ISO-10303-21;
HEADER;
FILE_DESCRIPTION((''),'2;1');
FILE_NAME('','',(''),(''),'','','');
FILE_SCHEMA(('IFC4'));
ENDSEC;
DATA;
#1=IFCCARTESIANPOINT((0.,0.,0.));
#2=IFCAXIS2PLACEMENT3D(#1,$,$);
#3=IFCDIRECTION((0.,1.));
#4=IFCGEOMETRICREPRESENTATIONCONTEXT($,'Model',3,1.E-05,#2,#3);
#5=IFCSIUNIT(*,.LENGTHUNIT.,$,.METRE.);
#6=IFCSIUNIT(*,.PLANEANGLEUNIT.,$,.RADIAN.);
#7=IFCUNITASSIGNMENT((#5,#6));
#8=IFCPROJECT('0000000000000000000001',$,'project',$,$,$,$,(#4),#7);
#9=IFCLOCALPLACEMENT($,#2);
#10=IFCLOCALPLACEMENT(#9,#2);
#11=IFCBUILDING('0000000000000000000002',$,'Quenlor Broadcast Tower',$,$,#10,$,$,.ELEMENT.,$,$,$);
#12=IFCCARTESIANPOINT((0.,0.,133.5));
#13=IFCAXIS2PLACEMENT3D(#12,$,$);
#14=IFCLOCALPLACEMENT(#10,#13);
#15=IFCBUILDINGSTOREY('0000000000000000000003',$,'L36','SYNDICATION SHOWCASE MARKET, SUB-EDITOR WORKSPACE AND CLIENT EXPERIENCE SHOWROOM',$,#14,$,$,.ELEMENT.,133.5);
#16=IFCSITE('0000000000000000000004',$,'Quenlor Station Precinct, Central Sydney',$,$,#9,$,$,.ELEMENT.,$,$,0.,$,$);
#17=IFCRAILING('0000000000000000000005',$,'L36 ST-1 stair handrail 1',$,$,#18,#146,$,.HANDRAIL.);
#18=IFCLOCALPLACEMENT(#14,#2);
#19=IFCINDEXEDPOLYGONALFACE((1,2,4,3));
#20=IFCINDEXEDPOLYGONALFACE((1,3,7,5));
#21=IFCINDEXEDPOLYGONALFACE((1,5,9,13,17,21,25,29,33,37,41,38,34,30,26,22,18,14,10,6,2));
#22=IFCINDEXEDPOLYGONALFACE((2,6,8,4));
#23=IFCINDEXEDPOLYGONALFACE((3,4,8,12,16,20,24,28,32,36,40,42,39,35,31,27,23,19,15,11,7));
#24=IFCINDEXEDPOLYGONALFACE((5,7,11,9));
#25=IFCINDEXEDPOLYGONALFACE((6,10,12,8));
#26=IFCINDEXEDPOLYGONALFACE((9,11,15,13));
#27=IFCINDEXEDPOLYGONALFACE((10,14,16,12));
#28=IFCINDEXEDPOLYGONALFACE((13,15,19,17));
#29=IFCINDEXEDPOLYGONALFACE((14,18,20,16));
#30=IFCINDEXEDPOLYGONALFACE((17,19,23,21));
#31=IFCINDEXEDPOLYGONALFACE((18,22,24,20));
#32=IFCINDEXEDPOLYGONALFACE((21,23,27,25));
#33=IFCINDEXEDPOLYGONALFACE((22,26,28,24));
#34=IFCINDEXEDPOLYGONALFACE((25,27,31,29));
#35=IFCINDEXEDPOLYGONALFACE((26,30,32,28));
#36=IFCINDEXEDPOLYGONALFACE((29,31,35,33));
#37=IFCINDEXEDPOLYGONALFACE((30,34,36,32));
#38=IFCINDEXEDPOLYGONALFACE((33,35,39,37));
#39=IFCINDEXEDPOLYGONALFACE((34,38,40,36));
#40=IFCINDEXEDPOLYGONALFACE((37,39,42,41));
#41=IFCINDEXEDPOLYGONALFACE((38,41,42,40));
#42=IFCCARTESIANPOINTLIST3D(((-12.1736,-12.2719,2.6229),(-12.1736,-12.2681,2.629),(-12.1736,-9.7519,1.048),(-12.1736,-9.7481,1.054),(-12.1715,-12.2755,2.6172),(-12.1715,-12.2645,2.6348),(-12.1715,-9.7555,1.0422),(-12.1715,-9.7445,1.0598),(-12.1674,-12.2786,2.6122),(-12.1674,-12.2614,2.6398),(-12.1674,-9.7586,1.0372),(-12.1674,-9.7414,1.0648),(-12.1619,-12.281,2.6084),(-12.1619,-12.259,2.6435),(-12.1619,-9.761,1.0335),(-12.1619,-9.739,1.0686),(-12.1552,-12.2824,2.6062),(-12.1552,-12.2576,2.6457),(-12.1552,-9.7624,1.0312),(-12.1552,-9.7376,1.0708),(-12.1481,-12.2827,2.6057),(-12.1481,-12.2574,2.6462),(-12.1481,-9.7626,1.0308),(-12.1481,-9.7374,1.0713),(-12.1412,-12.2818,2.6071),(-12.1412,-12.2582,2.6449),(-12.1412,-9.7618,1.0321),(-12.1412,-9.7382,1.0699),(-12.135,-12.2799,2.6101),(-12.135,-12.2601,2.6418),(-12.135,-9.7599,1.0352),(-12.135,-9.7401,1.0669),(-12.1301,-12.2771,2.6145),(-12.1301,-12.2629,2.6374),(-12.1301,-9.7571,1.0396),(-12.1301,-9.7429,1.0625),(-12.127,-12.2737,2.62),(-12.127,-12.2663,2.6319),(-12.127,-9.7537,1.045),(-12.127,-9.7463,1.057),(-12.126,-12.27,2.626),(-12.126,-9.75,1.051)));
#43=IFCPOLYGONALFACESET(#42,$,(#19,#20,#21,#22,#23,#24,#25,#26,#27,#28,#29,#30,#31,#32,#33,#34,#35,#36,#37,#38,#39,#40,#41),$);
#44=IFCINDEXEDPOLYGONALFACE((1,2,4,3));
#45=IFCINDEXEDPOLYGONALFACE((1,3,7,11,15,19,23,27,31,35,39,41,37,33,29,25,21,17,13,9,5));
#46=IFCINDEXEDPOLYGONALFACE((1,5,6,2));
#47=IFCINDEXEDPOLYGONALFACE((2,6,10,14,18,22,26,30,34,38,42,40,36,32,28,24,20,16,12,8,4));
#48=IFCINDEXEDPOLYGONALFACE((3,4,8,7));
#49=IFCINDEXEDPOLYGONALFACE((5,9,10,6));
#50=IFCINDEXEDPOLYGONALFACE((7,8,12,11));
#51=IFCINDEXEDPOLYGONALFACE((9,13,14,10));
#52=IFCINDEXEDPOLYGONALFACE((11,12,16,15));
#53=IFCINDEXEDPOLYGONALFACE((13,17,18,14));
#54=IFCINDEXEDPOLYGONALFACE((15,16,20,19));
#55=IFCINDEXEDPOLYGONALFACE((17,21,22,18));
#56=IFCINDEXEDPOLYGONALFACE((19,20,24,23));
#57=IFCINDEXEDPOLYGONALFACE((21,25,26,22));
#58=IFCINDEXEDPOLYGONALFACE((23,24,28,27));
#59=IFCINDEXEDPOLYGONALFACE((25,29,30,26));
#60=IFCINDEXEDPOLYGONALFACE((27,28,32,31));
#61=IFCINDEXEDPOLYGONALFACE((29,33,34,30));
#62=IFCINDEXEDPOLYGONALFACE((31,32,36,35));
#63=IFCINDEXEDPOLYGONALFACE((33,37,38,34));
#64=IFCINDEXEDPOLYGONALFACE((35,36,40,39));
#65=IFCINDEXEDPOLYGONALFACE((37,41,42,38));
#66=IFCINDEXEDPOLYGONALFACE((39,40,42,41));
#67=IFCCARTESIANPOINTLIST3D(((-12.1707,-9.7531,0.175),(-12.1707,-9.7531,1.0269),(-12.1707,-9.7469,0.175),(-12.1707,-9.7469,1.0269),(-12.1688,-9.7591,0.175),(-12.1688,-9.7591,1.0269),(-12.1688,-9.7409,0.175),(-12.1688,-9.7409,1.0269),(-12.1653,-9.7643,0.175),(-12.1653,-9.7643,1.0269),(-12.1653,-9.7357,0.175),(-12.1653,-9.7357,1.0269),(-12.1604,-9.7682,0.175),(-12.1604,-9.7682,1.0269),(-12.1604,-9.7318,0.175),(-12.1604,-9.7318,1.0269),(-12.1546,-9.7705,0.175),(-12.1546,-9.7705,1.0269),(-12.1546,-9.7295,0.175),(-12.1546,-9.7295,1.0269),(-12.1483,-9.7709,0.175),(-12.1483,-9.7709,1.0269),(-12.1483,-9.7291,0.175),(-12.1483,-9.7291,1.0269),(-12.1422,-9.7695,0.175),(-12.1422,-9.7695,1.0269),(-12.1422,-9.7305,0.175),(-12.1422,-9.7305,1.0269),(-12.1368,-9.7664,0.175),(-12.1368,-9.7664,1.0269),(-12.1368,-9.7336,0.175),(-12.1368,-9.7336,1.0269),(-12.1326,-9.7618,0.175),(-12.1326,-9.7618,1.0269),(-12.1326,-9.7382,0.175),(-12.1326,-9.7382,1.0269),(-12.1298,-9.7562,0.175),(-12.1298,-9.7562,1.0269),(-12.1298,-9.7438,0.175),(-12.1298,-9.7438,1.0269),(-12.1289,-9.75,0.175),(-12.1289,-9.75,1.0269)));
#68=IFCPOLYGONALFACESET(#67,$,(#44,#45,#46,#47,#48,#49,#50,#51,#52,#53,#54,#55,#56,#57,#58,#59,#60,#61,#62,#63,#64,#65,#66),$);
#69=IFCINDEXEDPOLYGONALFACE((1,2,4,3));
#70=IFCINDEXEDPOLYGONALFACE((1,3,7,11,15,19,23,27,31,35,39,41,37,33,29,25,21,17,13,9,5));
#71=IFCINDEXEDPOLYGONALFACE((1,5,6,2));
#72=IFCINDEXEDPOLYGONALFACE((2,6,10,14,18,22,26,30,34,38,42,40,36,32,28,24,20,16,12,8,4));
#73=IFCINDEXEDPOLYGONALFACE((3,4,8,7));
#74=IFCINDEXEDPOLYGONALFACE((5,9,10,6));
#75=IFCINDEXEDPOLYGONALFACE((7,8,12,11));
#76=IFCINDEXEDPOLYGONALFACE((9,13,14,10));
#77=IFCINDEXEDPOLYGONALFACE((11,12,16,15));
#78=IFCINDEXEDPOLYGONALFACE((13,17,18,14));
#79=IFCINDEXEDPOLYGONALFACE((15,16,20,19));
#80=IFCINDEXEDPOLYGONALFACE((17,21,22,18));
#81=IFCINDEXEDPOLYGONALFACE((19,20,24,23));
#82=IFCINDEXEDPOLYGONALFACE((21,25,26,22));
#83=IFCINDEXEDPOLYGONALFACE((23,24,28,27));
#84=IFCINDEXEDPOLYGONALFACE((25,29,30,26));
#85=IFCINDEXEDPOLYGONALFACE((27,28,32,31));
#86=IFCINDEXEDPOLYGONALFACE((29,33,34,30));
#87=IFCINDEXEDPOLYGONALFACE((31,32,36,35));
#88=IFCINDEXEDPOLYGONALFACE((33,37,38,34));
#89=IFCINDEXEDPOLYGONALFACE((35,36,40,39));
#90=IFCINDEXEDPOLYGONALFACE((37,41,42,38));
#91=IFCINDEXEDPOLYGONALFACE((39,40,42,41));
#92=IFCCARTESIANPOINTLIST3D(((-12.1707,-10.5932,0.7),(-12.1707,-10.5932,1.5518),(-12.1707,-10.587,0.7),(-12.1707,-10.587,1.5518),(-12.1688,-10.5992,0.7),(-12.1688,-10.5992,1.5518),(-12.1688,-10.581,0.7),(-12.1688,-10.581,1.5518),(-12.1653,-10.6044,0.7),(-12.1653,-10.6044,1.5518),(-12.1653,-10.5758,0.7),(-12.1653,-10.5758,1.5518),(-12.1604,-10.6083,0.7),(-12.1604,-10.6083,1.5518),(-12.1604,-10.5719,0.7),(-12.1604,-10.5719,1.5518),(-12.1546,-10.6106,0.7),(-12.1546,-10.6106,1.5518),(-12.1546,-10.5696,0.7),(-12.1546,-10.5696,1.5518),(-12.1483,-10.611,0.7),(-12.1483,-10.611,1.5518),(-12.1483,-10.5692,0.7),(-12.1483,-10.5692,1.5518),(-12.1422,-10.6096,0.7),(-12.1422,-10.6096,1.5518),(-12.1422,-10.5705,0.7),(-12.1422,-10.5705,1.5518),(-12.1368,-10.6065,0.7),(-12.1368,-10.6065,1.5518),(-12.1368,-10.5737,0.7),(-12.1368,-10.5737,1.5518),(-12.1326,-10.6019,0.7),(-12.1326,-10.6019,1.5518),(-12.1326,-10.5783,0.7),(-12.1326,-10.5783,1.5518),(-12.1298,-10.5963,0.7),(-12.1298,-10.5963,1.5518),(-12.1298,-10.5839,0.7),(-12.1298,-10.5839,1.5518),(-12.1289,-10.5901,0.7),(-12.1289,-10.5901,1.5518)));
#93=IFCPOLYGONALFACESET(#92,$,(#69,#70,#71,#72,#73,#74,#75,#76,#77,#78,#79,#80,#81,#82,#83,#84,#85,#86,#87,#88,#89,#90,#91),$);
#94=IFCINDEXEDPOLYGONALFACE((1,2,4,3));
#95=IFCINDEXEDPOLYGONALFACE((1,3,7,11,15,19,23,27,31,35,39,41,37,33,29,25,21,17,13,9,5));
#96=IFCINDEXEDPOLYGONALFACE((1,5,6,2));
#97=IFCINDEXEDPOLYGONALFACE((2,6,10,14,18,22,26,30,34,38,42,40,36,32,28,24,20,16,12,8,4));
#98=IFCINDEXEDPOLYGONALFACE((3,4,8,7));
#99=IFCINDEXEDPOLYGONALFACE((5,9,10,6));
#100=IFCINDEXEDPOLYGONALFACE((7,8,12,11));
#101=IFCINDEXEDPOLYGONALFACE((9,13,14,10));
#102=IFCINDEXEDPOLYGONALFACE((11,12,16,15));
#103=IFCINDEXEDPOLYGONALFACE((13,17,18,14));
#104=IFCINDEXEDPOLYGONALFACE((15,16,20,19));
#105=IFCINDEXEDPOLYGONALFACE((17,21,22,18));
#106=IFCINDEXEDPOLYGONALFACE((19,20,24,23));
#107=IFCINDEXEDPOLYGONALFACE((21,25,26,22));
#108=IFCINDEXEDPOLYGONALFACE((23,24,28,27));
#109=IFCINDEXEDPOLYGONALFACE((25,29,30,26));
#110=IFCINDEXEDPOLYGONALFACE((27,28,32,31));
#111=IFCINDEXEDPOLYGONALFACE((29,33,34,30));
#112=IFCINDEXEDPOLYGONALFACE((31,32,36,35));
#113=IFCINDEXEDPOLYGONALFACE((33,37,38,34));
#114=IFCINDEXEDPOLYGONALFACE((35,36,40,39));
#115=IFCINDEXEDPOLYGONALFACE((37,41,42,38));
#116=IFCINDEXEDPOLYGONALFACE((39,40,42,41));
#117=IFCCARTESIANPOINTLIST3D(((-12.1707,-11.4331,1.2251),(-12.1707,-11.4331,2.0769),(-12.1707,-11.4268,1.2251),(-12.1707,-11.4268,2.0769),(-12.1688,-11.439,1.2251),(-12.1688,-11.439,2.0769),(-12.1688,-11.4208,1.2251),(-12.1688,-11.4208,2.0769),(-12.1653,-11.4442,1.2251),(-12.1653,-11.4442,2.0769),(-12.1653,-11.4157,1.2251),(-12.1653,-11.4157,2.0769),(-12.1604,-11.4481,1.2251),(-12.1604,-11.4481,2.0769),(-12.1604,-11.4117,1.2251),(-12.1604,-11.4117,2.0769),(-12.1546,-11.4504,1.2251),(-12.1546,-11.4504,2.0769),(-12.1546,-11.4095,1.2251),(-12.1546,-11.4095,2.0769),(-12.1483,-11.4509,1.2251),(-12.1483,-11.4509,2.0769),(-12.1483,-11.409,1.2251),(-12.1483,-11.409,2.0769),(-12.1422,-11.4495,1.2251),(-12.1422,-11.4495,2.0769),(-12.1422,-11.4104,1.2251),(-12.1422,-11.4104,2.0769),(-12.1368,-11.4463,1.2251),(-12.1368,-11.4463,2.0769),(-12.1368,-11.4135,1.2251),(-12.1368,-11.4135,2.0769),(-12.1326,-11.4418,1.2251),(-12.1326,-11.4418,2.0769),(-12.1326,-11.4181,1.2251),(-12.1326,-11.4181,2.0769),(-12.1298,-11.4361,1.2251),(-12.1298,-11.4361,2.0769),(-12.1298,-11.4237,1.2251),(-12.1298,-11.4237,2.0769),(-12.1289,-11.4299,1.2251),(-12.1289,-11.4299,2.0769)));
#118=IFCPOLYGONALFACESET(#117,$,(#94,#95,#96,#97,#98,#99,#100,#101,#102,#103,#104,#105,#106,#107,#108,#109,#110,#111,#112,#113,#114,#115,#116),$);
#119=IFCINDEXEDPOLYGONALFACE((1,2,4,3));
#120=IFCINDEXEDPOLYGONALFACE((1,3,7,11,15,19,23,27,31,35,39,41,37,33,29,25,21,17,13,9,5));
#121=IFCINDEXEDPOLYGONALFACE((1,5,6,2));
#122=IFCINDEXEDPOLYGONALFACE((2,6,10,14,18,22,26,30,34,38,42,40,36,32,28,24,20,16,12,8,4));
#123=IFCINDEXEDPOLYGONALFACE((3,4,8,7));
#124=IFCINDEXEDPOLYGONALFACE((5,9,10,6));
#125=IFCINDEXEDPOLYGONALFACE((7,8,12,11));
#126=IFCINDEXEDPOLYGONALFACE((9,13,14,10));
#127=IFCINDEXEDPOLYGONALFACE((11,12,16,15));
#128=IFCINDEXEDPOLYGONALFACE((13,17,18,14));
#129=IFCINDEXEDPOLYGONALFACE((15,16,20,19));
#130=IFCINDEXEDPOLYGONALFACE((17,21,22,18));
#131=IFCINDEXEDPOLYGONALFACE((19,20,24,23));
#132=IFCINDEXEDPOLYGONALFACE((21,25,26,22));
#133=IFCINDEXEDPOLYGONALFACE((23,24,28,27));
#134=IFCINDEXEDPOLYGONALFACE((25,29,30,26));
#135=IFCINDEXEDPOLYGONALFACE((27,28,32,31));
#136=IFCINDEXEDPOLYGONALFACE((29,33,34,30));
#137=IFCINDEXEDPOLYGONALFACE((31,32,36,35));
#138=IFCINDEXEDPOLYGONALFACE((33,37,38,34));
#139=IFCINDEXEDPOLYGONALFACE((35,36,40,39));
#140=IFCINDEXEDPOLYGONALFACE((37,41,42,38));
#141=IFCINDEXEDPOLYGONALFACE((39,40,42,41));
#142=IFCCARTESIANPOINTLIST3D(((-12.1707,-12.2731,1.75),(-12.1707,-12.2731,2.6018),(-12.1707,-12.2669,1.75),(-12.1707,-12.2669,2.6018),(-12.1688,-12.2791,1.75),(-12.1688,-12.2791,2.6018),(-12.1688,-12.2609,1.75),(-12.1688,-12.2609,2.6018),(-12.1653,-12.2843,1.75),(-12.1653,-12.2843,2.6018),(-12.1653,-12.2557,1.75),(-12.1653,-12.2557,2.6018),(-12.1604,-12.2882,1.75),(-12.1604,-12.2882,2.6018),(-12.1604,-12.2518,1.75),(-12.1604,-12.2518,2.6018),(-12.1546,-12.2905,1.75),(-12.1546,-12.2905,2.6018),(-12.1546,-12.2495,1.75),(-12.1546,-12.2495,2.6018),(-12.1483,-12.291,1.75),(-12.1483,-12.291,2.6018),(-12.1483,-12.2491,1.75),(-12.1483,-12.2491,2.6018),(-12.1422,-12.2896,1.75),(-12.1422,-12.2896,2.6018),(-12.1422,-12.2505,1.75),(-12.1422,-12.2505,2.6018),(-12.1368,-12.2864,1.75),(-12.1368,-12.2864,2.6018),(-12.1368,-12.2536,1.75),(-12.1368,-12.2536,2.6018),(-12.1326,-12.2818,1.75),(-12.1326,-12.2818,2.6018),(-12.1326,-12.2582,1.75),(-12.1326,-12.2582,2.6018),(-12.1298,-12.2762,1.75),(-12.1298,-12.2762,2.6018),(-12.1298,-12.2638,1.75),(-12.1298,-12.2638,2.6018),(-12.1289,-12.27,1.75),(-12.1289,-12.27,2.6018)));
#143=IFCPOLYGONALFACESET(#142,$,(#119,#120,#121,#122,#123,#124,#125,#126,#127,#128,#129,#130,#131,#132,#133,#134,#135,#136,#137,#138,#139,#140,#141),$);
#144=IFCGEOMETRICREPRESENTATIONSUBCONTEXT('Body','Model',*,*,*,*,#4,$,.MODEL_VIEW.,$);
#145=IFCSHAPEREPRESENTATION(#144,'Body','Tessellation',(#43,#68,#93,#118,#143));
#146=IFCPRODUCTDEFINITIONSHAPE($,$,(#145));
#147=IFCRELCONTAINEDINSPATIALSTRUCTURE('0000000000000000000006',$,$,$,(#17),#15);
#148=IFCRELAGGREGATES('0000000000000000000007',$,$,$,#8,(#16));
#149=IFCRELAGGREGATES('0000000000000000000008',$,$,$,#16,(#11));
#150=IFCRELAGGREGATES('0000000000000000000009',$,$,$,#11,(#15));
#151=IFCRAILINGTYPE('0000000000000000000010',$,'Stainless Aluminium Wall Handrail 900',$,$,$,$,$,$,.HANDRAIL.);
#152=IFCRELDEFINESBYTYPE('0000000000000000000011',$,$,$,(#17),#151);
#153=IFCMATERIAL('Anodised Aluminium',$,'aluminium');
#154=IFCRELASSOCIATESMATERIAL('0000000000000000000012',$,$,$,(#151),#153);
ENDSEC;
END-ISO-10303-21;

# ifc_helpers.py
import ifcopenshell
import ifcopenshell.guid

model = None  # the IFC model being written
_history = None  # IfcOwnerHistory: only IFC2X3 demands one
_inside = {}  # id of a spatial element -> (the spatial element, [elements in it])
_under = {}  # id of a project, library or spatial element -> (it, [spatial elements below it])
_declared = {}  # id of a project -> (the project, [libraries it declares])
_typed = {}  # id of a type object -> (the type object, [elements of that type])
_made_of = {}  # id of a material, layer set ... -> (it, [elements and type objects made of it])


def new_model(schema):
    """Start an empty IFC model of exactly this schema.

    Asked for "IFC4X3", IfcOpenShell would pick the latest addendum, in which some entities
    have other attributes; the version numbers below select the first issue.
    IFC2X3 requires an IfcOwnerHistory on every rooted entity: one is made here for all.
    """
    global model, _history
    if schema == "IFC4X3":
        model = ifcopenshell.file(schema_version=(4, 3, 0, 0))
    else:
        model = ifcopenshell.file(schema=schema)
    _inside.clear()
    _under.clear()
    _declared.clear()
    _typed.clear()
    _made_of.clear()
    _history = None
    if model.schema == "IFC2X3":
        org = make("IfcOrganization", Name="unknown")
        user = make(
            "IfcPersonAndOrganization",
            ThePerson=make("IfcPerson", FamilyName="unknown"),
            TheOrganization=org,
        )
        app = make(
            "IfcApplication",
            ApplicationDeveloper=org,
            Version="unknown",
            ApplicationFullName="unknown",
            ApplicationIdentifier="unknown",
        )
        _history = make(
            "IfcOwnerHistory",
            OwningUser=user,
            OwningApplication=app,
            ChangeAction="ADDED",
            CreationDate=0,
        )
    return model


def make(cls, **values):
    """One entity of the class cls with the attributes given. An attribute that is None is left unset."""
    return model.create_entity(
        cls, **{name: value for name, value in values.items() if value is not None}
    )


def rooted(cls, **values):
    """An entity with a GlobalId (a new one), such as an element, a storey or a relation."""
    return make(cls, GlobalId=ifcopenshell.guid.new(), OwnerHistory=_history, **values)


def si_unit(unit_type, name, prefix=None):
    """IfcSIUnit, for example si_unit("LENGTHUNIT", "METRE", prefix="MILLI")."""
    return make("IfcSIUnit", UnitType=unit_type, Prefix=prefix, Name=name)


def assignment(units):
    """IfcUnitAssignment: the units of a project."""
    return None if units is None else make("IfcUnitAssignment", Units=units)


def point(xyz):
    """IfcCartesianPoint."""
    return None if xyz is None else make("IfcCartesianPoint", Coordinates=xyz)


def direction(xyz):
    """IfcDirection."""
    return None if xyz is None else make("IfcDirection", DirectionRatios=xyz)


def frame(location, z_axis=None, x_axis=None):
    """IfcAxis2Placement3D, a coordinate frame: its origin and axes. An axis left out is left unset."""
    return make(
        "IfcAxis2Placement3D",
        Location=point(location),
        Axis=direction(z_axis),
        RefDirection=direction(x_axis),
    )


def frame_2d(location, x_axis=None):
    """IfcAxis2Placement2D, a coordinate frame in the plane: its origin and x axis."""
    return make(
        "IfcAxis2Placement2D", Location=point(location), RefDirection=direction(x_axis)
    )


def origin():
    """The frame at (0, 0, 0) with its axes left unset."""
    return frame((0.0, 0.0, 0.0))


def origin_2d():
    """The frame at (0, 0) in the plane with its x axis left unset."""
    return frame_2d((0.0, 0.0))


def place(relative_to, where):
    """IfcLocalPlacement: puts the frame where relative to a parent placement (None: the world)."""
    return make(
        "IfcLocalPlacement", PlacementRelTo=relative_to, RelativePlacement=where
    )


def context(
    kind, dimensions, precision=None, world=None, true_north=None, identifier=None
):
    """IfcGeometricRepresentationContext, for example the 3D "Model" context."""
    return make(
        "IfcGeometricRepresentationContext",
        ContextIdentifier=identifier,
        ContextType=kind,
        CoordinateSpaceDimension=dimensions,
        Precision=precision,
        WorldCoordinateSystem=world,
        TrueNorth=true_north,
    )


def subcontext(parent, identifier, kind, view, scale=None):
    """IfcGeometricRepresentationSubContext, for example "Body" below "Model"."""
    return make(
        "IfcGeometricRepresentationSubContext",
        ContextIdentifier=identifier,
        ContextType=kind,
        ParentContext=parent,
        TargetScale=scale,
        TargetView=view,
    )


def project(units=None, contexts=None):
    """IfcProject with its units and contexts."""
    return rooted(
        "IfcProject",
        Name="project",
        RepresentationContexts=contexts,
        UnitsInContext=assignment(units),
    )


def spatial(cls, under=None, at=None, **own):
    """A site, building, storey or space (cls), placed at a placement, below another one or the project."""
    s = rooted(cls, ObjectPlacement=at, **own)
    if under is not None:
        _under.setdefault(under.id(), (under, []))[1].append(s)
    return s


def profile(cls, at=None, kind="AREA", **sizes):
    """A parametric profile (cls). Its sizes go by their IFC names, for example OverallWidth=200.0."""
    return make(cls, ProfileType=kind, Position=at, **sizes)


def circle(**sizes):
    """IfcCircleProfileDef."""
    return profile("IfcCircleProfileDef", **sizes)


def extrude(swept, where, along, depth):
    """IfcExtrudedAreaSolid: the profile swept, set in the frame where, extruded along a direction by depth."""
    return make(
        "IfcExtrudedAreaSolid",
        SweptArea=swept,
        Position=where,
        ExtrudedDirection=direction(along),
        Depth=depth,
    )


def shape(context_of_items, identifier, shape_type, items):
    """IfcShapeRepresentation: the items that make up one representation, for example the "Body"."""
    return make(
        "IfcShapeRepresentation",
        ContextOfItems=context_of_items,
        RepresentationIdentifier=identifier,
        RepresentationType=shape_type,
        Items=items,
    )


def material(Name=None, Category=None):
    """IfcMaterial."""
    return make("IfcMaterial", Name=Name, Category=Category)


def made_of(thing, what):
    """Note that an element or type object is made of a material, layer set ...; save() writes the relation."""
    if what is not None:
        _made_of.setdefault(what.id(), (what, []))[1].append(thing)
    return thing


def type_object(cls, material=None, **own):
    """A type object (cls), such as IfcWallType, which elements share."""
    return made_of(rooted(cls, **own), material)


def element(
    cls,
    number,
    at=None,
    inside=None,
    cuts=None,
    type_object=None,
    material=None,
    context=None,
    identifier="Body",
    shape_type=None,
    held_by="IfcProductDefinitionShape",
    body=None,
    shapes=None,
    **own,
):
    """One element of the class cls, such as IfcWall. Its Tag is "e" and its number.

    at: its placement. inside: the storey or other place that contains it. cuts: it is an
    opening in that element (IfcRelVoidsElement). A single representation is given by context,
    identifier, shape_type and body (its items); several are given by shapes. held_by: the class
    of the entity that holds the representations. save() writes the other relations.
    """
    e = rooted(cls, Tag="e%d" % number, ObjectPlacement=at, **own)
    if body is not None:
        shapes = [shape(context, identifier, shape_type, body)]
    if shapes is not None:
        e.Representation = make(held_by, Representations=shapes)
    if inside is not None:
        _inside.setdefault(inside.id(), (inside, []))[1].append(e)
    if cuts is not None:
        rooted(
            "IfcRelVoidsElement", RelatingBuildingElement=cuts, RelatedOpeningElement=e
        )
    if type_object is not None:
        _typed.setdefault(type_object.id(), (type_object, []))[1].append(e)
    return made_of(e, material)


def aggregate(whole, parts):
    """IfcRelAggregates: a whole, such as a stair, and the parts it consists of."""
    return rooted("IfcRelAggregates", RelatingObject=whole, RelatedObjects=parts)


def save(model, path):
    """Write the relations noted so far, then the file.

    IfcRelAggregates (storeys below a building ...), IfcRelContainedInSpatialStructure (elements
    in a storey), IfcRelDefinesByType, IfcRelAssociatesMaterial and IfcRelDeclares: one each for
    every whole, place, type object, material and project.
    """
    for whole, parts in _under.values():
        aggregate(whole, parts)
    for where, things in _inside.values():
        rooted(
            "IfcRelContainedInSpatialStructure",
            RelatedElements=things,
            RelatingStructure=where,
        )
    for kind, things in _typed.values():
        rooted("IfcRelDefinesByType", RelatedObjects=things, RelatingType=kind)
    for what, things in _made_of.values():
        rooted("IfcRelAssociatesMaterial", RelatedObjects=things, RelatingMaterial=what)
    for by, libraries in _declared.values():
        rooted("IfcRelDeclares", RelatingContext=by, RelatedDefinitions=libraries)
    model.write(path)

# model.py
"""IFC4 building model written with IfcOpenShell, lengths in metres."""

from ifc_helpers import new_model, si_unit, direction, frame, origin, origin_2d, place, context, subcontext, project, spatial, circle, extrude, material, type_object, element, save


model = new_model("IFC4")

# Units and contexts
model_context = context("Model", 3, precision=1e-05, world=origin(), true_north=direction((0.0, 1.0)))
body_context = subcontext(model_context, "Body", "Model", "MODEL_VIEW")
ifc_project = project(units=[si_unit("LENGTHUNIT", "METRE"), si_unit("PLANEANGLEUNIT", "RADIAN")], contexts=[model_context])

# Site, building, storey
site_placement = place(None, origin())
site = spatial("IfcSite", under=ifc_project, at=site_placement, Name="Quenlor Station Precinct, Central Sydney", CompositionType="ELEMENT", RefElevation=0.0)
building_placement = place(site_placement, origin())
building = spatial("IfcBuilding", under=site, at=building_placement, Name="Quenlor Broadcast Tower", CompositionType="ELEMENT")
storey_placement = place(building_placement, frame((0.0, 0.0, 133.5)))
storey = spatial("IfcBuildingStorey", under=building, at=storey_placement, Name="L36", Description="SYNDICATION SHOWCASE MARKET, SUB-EDITOR WORKSPACE AND CLIENT EXPERIENCE SHOWROOM", CompositionType="ELEMENT", Elevation=133.5)

# Railing
ifc_material_1 = material(Name="Anodised Aluminium", Category="aluminium")
railing_type_1 = type_object("IfcRailingType", Name="Stainless Aluminium Wall Handrail 900", PredefinedType="HANDRAIL", material=ifc_material_1)
railing_1_placement = place(storey_placement, frame((-12.1499, -9.75, 0.175)))
element("IfcRailing", 1, at=railing_1_placement, inside=storey, type_object=railing_type_1, Name="L36 ST-1 stair handrail 1", PredefinedType="HANDRAIL", context=body_context, shape_type="SweptSolid", body=[
    extrude(circle(Radius=0.0239, at=origin_2d()), frame((0.0, 0.0, 0.876), z_axis=(0.0, -0.848008, 0.529984), x_axis=(1.0, 0.0, 0.0)), (0.0, 0.0, 1.0), 2.9717),
    extrude(circle(Radius=0.021, at=origin_2d()), origin(), (0.0, 0.0, 1.0), 0.8518),
    extrude(circle(Radius=0.021, at=origin_2d()), frame((0.0, -0.8401, 0.5249)), (0.0, 0.0, 1.0), 0.8518),
    extrude(circle(Radius=0.021, at=origin_2d()), frame((0.0, -1.6799, 1.05)), (0.0, 0.0, 1.0), 0.8518),
    extrude(circle(Radius=0.021, at=origin_2d()), frame((0.0, -2.52, 1.575)), (0.0, 0.0, 1.0), 0.8518),
])

save(model, "model.ifc")
